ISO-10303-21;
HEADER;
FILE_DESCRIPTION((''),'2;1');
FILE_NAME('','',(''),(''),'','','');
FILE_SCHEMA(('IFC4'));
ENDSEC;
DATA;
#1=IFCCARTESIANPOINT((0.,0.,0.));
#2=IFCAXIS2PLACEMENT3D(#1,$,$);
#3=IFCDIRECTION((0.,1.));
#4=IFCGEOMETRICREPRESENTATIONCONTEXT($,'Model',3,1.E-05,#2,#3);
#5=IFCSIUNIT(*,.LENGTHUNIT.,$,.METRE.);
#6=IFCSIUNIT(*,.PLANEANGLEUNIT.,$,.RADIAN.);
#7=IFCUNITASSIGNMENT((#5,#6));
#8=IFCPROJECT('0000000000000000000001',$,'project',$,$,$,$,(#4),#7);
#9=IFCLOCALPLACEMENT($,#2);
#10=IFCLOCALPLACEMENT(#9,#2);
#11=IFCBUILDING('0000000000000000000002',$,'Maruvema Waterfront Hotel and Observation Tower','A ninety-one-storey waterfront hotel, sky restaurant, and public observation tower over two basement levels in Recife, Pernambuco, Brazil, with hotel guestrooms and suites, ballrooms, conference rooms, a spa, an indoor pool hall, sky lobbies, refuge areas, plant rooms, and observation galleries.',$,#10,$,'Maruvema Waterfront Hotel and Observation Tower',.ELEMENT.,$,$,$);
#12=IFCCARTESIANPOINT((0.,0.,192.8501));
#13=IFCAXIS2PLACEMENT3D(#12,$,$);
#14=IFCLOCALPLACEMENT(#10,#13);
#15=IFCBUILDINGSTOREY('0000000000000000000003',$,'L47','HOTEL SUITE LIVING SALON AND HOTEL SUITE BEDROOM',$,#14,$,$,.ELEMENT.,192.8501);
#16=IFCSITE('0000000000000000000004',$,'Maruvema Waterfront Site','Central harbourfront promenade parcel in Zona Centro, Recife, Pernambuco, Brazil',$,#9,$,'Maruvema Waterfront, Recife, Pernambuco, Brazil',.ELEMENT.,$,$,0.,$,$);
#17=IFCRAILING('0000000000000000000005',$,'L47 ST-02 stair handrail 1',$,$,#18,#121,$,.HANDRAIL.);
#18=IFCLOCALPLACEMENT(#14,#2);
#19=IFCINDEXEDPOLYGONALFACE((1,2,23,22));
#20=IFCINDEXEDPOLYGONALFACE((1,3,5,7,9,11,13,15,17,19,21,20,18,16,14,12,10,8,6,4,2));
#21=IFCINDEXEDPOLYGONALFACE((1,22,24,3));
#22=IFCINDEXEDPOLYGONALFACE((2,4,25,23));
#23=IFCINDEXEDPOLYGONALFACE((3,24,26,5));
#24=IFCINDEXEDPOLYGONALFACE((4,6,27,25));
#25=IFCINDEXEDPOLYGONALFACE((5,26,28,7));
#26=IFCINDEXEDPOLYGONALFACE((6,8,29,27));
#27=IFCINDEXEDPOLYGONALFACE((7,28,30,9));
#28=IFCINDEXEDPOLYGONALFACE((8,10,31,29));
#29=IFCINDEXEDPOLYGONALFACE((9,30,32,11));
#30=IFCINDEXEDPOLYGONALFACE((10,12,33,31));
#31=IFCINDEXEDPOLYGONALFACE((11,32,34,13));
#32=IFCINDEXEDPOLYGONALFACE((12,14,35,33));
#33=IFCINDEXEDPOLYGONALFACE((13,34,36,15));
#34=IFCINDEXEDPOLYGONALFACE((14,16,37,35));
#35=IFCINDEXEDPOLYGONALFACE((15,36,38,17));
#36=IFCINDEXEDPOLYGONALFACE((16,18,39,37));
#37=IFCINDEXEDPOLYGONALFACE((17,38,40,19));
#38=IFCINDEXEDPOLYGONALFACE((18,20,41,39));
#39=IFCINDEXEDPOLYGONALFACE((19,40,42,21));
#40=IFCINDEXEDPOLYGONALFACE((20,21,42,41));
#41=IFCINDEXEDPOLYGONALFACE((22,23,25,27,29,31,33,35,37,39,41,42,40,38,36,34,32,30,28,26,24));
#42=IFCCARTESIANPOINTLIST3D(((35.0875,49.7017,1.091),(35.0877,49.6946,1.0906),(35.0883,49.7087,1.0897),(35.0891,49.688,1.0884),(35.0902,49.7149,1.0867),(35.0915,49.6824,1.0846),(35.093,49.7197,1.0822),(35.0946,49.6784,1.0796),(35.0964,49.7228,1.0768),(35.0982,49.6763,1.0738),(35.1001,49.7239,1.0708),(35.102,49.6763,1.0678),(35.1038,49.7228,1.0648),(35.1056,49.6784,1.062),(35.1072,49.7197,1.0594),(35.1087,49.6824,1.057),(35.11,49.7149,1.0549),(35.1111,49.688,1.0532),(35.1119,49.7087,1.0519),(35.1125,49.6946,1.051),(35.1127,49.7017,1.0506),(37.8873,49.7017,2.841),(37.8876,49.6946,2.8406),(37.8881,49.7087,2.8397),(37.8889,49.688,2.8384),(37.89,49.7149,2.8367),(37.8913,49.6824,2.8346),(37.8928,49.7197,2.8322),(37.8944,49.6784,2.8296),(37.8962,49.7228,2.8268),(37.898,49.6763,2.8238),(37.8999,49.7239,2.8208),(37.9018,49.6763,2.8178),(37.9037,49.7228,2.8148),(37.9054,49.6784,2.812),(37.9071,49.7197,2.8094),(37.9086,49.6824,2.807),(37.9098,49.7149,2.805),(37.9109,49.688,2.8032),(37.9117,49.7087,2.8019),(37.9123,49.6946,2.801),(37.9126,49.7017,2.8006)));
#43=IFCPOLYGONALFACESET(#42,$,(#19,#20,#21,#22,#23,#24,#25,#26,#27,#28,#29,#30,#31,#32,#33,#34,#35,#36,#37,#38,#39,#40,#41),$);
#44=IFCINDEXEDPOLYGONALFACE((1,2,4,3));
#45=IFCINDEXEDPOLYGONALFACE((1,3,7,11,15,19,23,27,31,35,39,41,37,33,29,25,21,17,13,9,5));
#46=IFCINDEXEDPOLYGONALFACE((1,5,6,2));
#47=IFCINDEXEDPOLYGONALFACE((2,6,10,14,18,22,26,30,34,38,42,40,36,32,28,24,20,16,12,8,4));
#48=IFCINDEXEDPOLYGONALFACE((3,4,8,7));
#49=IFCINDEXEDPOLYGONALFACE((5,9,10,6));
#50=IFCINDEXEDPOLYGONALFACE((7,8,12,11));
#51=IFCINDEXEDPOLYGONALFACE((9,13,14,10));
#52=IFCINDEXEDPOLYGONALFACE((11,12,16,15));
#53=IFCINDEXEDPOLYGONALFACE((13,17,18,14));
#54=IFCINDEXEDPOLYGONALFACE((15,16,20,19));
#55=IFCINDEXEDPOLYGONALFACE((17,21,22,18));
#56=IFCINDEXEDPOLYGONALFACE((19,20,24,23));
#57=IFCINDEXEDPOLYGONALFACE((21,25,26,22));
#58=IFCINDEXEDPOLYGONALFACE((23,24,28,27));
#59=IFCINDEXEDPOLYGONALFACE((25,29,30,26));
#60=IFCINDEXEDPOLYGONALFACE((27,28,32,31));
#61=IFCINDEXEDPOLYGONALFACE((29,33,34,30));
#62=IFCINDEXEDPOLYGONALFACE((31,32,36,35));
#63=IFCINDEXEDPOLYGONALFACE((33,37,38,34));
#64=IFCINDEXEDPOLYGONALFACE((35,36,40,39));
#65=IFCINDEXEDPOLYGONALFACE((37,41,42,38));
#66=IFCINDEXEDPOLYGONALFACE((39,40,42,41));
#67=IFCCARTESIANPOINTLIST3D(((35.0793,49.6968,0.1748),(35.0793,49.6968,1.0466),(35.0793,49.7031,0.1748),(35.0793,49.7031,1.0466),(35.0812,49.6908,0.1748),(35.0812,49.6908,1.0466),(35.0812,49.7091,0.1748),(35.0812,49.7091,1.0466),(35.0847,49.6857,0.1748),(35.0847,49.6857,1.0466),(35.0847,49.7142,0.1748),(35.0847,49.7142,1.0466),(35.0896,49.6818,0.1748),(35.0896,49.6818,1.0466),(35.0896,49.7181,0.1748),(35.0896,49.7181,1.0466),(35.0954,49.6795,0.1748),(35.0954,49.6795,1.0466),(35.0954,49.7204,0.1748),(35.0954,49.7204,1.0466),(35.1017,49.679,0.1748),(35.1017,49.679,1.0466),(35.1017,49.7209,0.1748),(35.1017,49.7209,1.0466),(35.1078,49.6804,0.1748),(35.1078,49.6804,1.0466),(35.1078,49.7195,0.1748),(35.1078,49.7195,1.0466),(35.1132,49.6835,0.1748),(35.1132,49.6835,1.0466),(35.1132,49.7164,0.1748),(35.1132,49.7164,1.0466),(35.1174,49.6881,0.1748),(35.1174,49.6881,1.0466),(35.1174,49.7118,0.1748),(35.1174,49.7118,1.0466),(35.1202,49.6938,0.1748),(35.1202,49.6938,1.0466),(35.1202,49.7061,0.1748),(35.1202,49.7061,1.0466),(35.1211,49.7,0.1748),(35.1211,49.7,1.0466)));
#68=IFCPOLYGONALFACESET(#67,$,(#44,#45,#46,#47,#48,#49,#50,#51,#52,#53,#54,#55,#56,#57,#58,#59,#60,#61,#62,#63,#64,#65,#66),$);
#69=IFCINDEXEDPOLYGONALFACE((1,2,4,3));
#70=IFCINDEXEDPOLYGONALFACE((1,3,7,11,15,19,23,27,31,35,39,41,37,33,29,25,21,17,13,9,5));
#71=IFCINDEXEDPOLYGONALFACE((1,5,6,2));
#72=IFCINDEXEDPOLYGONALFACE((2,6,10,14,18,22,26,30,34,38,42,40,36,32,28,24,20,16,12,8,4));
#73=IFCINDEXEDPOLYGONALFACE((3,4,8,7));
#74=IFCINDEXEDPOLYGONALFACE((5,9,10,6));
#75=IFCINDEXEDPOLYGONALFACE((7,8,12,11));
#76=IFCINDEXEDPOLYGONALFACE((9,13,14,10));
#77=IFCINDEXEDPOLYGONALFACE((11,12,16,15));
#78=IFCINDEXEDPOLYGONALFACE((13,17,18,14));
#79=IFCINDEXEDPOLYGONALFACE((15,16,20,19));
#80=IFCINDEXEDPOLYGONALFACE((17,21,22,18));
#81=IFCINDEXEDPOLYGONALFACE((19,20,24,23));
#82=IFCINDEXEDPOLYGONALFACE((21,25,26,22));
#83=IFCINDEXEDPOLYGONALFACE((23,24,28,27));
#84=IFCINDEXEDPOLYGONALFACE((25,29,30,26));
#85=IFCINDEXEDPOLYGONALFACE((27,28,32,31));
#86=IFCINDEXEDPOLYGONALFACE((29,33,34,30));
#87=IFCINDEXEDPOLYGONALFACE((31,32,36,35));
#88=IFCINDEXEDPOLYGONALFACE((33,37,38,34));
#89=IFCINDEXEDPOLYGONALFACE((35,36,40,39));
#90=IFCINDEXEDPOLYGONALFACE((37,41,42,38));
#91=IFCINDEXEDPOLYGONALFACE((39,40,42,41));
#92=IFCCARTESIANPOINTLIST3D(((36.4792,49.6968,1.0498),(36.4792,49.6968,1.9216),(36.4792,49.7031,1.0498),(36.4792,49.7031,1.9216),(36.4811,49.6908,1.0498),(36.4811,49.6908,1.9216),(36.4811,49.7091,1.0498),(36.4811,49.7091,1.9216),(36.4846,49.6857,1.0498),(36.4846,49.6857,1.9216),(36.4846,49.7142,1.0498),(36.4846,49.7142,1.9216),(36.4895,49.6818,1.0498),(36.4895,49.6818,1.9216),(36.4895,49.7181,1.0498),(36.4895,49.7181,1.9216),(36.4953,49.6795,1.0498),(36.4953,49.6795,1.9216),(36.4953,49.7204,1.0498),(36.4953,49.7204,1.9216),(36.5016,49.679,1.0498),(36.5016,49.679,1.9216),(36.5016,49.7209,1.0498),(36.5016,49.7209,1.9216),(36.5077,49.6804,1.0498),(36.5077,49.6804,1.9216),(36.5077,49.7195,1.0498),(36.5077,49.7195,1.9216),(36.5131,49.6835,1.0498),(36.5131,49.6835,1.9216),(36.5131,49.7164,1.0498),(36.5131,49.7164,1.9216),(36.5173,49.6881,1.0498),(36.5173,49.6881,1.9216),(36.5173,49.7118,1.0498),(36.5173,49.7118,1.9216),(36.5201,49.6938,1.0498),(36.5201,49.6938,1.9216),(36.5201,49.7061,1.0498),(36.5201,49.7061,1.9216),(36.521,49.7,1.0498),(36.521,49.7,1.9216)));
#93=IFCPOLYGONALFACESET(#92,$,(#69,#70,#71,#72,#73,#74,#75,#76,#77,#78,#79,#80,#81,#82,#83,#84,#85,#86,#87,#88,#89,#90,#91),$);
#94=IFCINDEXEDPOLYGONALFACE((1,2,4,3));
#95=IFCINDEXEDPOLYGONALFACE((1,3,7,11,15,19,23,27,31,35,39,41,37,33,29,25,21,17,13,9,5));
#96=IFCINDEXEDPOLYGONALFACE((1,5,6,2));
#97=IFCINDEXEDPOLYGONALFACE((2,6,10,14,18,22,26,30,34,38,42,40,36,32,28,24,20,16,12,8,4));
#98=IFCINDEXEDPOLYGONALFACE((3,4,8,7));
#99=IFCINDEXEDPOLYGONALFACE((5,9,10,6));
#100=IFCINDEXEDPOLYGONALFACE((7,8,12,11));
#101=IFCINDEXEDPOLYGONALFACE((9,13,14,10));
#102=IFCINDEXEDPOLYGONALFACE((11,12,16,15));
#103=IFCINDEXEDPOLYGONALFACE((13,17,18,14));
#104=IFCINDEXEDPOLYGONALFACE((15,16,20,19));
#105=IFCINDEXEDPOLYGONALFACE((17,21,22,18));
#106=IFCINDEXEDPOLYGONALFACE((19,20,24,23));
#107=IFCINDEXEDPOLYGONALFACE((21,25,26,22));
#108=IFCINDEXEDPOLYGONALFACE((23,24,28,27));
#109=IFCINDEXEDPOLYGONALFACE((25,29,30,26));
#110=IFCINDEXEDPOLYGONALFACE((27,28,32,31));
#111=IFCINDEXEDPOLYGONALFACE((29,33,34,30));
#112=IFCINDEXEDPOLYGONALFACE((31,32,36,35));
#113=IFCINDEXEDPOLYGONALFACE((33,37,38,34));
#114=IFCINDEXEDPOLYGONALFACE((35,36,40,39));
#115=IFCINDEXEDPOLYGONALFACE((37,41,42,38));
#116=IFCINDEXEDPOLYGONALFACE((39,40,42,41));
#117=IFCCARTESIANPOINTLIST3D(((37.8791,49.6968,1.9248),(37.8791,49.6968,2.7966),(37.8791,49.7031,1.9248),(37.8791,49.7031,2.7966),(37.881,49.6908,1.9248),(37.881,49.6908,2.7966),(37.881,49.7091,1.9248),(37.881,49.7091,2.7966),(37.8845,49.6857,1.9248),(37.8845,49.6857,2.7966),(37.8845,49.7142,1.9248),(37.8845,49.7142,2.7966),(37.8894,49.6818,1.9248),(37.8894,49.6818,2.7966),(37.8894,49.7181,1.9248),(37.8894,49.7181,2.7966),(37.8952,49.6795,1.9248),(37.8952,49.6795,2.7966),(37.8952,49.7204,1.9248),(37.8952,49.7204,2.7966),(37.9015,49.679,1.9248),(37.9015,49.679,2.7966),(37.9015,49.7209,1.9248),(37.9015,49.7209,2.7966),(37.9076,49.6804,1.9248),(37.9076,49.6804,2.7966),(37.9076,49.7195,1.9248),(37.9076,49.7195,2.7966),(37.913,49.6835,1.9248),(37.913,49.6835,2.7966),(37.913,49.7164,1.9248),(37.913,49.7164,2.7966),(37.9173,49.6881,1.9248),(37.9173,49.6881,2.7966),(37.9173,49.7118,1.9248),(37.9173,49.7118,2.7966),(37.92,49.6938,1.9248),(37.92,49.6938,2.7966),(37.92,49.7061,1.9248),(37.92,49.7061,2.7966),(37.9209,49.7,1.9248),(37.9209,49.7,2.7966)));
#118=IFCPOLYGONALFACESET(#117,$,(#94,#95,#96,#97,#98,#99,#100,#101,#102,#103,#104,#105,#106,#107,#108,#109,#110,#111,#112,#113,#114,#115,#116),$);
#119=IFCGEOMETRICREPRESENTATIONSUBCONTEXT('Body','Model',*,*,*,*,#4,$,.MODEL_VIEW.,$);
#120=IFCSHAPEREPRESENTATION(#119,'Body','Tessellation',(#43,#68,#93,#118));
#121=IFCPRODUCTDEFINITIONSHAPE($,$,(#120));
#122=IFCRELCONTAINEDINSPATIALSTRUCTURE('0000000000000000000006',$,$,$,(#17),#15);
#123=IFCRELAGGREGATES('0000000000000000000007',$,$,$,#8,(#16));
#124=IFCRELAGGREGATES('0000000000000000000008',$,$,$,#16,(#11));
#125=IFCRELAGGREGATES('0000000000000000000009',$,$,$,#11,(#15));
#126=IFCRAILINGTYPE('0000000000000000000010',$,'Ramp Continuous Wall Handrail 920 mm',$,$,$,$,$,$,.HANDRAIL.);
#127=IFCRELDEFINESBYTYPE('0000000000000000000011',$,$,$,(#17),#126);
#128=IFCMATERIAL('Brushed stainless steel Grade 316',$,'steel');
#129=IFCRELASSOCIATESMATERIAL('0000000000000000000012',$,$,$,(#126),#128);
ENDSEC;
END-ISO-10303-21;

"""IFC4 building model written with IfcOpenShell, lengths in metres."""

from ifc_helpers import new_model, si_unit, direction, frame, origin, origin_2d, place, context, subcontext, project, spatial, circle, extrude, material, type_object, element, save


model = new_model("IFC4")

# Units and contexts
model_context = context("Model", 3, precision=1e-05, world=origin(), true_north=direction((0.0, 1.0)))
body_context = subcontext(model_context, "Body", "Model", "MODEL_VIEW")
ifc_project = project(units=[si_unit("LENGTHUNIT", "METRE"), si_unit("PLANEANGLEUNIT", "RADIAN")], contexts=[model_context])

# Site, building, storey
site_placement = place(None, origin())
site = spatial("IfcSite", under=ifc_project, at=site_placement, Name="Maruvema Waterfront Site", Description="Central harbourfront promenade parcel in Zona Centro, Recife, Pernambuco, Brazil", LongName="Maruvema Waterfront, Recife, Pernambuco, Brazil", CompositionType="ELEMENT", RefElevation=0.0)
building_placement = place(site_placement, origin())
building = spatial("IfcBuilding", under=site, at=building_placement, Name="Maruvema Waterfront Hotel and Observation Tower", Description="A ninety-one-storey waterfront hotel, sky restaurant, and public observation tower over two basement levels in Recife, Pernambuco, Brazil, with hotel guestrooms and suites, ballrooms, conference rooms, a spa, an indoor pool hall, sky lobbies, refuge areas, plant rooms, and observation galleries.", LongName="Maruvema Waterfront Hotel and Observation Tower", CompositionType="ELEMENT")
storey_placement = place(building_placement, frame((0.0, 0.0, 192.8501)))
storey = spatial("IfcBuildingStorey", under=building, at=storey_placement, Name="L47", Description="HOTEL SUITE LIVING SALON AND HOTEL SUITE BEDROOM", CompositionType="ELEMENT", Elevation=192.8501)

# Railing
ifc_material_1 = material(Name="Brushed stainless steel Grade 316", Category="steel")
railing_type_1 = type_object("IfcRailingType", Name="Ramp Continuous Wall Handrail 920 mm", PredefinedType="HANDRAIL", material=ifc_material_1)
railing_1_placement = place(storey_placement, frame((35.1001, 49.7, 0.1748)))
element("IfcRailing", 1, at=railing_1_placement, inside=storey, type_object=railing_type_1, Name="L47 ST-02 stair handrail 1", PredefinedType="HANDRAIL", context=body_context, shape_type="SweptSolid", body=[
    extrude(circle(Radius=0.0239, at=origin_2d()), frame((0.0, 0.0, 0.896), z_axis=(0.847982, 0.0, 0.530026), x_axis=(0.0, 1.0, 0.0)), (0.0, 0.0, 1.0), 3.3018),
    extrude(circle(Radius=0.021, at=origin_2d()), origin(), (0.0, 0.0, 1.0), 0.8718),
    extrude(circle(Radius=0.021, at=origin_2d()), frame((1.3999, 0.0, 0.875)), (0.0, 0.0, 1.0), 0.8718),
    extrude(circle(Radius=0.021, at=origin_2d()), frame((2.7998, 0.0, 1.75)), (0.0, 0.0, 1.0), 0.8718),
])

save(model, "model.ifc")
